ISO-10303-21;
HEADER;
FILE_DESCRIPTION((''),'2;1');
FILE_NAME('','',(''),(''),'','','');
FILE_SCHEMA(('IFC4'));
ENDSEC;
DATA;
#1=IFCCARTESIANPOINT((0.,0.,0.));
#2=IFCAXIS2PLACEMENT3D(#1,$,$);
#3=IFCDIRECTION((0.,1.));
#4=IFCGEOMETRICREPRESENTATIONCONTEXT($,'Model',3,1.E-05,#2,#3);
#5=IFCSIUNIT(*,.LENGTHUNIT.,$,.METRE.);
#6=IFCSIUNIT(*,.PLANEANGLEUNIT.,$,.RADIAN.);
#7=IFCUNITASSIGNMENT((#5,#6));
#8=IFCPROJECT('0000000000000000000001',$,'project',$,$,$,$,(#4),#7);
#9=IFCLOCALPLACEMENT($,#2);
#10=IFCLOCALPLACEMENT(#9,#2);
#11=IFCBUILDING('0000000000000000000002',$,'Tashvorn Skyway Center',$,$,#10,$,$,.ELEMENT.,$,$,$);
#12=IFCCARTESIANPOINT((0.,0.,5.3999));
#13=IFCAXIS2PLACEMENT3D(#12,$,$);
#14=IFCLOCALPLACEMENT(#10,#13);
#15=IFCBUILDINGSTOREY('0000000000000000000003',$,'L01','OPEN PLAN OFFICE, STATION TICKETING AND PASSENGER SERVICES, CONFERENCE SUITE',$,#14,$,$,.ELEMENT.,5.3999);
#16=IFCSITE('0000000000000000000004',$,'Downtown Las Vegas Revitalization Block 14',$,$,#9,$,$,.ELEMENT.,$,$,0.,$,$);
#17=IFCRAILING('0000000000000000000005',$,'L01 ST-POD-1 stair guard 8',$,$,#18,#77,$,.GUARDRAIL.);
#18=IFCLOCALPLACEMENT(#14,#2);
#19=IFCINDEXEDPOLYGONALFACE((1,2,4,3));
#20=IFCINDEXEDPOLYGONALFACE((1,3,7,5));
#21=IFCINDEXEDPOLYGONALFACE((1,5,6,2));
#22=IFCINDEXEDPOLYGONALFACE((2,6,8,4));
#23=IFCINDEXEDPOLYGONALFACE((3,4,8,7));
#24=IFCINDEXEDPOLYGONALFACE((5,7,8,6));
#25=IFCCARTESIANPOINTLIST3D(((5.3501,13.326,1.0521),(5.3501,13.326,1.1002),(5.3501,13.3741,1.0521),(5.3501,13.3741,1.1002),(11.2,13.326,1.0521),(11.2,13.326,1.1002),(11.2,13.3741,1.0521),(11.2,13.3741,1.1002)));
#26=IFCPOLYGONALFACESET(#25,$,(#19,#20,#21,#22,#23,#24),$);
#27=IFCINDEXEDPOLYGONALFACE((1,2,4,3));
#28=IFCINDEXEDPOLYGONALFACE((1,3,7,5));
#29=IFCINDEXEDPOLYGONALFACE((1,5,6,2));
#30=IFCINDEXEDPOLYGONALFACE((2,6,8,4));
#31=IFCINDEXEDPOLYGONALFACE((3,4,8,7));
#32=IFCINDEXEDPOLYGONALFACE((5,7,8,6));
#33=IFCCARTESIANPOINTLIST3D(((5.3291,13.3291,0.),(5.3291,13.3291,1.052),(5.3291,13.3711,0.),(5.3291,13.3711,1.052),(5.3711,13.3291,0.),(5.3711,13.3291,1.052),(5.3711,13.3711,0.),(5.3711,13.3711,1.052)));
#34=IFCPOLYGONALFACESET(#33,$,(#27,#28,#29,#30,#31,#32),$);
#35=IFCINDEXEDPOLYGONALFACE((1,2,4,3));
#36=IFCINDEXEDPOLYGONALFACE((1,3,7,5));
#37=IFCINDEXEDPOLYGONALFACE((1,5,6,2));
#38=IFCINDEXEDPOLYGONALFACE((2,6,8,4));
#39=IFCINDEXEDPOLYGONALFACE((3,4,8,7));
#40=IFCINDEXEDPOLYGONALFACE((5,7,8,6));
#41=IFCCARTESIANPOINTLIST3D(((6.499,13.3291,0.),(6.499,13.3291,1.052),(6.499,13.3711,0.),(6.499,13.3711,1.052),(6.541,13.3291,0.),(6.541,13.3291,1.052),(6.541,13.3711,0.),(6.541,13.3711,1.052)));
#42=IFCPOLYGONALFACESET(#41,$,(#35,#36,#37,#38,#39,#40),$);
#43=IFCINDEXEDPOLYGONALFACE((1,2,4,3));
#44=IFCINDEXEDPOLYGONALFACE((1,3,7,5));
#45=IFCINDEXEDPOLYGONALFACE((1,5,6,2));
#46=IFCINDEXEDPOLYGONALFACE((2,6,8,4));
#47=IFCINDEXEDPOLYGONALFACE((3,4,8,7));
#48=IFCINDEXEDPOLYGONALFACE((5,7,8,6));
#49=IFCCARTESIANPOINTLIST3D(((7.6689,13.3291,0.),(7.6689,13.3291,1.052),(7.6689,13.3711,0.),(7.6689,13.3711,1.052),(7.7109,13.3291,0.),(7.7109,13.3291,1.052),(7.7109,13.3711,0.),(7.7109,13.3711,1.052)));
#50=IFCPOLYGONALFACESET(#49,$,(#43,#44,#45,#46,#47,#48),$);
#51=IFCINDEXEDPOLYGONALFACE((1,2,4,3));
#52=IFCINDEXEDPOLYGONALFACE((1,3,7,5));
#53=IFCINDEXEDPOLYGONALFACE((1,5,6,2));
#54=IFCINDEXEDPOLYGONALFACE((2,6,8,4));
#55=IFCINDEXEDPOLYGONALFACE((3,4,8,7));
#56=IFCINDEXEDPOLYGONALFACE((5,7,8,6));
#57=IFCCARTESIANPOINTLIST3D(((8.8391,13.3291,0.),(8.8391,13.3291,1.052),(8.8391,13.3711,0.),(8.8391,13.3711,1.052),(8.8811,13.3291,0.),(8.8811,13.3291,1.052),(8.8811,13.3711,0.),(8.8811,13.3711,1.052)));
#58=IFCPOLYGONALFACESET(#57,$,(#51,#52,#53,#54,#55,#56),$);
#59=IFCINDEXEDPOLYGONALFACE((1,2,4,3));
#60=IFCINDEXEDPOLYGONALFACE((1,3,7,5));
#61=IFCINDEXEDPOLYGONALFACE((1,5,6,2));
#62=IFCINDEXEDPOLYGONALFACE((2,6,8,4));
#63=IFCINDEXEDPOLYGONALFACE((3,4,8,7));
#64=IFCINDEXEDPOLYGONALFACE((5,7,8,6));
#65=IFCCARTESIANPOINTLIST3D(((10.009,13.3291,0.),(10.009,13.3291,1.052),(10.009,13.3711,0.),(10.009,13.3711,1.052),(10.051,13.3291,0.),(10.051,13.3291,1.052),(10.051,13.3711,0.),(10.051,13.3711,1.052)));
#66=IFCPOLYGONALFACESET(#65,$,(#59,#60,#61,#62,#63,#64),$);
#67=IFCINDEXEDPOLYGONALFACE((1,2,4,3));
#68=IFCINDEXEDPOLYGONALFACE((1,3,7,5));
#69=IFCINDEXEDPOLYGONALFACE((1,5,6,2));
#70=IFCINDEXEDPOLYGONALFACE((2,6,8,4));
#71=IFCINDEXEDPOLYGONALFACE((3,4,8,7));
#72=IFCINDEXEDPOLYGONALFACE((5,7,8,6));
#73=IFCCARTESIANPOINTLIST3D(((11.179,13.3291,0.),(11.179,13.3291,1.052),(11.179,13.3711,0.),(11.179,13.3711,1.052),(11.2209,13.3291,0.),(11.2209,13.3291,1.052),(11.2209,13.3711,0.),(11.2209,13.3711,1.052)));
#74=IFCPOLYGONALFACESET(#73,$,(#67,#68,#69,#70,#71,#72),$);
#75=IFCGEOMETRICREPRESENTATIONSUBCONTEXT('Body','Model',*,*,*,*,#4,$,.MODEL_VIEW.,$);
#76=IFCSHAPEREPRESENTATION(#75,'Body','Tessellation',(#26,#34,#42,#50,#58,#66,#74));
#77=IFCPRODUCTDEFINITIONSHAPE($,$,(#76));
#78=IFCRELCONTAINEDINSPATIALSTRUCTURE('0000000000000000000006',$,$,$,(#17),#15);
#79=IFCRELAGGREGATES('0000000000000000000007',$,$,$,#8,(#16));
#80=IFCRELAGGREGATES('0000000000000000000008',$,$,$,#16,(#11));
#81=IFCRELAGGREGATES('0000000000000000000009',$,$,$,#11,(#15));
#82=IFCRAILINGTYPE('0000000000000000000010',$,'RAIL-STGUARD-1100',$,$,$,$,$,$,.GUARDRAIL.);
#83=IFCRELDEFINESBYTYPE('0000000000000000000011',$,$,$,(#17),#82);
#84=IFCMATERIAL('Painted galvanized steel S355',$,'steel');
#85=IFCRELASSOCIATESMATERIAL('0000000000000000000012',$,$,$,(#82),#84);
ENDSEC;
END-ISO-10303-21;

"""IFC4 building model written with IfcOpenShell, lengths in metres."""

from ifc_helpers import new_model, si_unit, direction, frame, origin, origin_2d, place, context, subcontext, project, spatial, rectangle, extrude, material, type_object, element, save


model = new_model("IFC4")

# Units and contexts
model_context = context("Model", 3, precision=1e-05, world=origin(), true_north=direction((0.0, 1.0)))
body_context = subcontext(model_context, "Body", "Model", "MODEL_VIEW")
ifc_project = project(units=[si_unit("LENGTHUNIT", "METRE"), si_unit("PLANEANGLEUNIT", "RADIAN")], contexts=[model_context])

# Site, building, storey
site_placement = place(None, origin())
site = spatial("IfcSite", under=ifc_project, at=site_placement, Name="Downtown Las Vegas Revitalization Block 14", CompositionType="ELEMENT", RefElevation=0.0)
building_placement = place(site_placement, origin())
building = spatial("IfcBuilding", under=site, at=building_placement, Name="Tashvorn Skyway Center", CompositionType="ELEMENT")
storey_placement = place(building_placement, frame((0.0, 0.0, 5.3999)))
storey = spatial("IfcBuildingStorey", under=building, at=storey_placement, Name="L01", Description="OPEN PLAN OFFICE, STATION TICKETING AND PASSENGER SERVICES, CONFERENCE SUITE", CompositionType="ELEMENT", Elevation=5.3999)

# Railing
ifc_material_1 = material(Name="Painted galvanized steel S355", Category="steel")
railing_type_1 = type_object("IfcRailingType", Name="RAIL-STGUARD-1100", PredefinedType="GUARDRAIL", material=ifc_material_1)
railing_1_placement = place(storey_placement, frame((5.3501, 13.3501, 0.0)))
element("IfcRailing", 1, at=railing_1_placement, inside=storey, type_object=railing_type_1, Name="L01 ST-POD-1 stair guard 8", PredefinedType="GUARDRAIL", context=body_context, shape_type="SweptSolid", body=[
    extrude(rectangle(XDim=0.0481, YDim=0.0481, at=origin_2d()), frame((0.0, 0.0, 1.0762), z_axis=(1.0, 0.0, 0.0), x_axis=(0.0, 1.0, 0.0)), (0.0, 0.0, 1.0), 5.8499),
    extrude(rectangle(XDim=0.042, YDim=0.042, at=origin_2d()), origin(), (0.0, 0.0, 1.0), 1.052),
    extrude(rectangle(XDim=0.042, YDim=0.042, at=origin_2d()), frame((1.1699, 0.0, 0.0)), (0.0, 0.0, 1.0), 1.052),
    extrude(rectangle(XDim=0.042, YDim=0.042, at=origin_2d()), frame((2.3398, 0.0, 0.0)), (0.0, 0.0, 1.0), 1.052),
    extrude(rectangle(XDim=0.042, YDim=0.042, at=origin_2d()), frame((3.51, 0.0, 0.0)), (0.0, 0.0, 1.0), 1.052),
    extrude(rectangle(XDim=0.042, YDim=0.042, at=origin_2d()), frame((4.6799, 0.0, 0.0)), (0.0, 0.0, 1.0), 1.052),
    extrude(rectangle(XDim=0.042, YDim=0.042, at=origin_2d()), frame((5.8499, 0.0, 0.0)), (0.0, 0.0, 1.0), 1.052),
])

save(model, "model.ifc")
